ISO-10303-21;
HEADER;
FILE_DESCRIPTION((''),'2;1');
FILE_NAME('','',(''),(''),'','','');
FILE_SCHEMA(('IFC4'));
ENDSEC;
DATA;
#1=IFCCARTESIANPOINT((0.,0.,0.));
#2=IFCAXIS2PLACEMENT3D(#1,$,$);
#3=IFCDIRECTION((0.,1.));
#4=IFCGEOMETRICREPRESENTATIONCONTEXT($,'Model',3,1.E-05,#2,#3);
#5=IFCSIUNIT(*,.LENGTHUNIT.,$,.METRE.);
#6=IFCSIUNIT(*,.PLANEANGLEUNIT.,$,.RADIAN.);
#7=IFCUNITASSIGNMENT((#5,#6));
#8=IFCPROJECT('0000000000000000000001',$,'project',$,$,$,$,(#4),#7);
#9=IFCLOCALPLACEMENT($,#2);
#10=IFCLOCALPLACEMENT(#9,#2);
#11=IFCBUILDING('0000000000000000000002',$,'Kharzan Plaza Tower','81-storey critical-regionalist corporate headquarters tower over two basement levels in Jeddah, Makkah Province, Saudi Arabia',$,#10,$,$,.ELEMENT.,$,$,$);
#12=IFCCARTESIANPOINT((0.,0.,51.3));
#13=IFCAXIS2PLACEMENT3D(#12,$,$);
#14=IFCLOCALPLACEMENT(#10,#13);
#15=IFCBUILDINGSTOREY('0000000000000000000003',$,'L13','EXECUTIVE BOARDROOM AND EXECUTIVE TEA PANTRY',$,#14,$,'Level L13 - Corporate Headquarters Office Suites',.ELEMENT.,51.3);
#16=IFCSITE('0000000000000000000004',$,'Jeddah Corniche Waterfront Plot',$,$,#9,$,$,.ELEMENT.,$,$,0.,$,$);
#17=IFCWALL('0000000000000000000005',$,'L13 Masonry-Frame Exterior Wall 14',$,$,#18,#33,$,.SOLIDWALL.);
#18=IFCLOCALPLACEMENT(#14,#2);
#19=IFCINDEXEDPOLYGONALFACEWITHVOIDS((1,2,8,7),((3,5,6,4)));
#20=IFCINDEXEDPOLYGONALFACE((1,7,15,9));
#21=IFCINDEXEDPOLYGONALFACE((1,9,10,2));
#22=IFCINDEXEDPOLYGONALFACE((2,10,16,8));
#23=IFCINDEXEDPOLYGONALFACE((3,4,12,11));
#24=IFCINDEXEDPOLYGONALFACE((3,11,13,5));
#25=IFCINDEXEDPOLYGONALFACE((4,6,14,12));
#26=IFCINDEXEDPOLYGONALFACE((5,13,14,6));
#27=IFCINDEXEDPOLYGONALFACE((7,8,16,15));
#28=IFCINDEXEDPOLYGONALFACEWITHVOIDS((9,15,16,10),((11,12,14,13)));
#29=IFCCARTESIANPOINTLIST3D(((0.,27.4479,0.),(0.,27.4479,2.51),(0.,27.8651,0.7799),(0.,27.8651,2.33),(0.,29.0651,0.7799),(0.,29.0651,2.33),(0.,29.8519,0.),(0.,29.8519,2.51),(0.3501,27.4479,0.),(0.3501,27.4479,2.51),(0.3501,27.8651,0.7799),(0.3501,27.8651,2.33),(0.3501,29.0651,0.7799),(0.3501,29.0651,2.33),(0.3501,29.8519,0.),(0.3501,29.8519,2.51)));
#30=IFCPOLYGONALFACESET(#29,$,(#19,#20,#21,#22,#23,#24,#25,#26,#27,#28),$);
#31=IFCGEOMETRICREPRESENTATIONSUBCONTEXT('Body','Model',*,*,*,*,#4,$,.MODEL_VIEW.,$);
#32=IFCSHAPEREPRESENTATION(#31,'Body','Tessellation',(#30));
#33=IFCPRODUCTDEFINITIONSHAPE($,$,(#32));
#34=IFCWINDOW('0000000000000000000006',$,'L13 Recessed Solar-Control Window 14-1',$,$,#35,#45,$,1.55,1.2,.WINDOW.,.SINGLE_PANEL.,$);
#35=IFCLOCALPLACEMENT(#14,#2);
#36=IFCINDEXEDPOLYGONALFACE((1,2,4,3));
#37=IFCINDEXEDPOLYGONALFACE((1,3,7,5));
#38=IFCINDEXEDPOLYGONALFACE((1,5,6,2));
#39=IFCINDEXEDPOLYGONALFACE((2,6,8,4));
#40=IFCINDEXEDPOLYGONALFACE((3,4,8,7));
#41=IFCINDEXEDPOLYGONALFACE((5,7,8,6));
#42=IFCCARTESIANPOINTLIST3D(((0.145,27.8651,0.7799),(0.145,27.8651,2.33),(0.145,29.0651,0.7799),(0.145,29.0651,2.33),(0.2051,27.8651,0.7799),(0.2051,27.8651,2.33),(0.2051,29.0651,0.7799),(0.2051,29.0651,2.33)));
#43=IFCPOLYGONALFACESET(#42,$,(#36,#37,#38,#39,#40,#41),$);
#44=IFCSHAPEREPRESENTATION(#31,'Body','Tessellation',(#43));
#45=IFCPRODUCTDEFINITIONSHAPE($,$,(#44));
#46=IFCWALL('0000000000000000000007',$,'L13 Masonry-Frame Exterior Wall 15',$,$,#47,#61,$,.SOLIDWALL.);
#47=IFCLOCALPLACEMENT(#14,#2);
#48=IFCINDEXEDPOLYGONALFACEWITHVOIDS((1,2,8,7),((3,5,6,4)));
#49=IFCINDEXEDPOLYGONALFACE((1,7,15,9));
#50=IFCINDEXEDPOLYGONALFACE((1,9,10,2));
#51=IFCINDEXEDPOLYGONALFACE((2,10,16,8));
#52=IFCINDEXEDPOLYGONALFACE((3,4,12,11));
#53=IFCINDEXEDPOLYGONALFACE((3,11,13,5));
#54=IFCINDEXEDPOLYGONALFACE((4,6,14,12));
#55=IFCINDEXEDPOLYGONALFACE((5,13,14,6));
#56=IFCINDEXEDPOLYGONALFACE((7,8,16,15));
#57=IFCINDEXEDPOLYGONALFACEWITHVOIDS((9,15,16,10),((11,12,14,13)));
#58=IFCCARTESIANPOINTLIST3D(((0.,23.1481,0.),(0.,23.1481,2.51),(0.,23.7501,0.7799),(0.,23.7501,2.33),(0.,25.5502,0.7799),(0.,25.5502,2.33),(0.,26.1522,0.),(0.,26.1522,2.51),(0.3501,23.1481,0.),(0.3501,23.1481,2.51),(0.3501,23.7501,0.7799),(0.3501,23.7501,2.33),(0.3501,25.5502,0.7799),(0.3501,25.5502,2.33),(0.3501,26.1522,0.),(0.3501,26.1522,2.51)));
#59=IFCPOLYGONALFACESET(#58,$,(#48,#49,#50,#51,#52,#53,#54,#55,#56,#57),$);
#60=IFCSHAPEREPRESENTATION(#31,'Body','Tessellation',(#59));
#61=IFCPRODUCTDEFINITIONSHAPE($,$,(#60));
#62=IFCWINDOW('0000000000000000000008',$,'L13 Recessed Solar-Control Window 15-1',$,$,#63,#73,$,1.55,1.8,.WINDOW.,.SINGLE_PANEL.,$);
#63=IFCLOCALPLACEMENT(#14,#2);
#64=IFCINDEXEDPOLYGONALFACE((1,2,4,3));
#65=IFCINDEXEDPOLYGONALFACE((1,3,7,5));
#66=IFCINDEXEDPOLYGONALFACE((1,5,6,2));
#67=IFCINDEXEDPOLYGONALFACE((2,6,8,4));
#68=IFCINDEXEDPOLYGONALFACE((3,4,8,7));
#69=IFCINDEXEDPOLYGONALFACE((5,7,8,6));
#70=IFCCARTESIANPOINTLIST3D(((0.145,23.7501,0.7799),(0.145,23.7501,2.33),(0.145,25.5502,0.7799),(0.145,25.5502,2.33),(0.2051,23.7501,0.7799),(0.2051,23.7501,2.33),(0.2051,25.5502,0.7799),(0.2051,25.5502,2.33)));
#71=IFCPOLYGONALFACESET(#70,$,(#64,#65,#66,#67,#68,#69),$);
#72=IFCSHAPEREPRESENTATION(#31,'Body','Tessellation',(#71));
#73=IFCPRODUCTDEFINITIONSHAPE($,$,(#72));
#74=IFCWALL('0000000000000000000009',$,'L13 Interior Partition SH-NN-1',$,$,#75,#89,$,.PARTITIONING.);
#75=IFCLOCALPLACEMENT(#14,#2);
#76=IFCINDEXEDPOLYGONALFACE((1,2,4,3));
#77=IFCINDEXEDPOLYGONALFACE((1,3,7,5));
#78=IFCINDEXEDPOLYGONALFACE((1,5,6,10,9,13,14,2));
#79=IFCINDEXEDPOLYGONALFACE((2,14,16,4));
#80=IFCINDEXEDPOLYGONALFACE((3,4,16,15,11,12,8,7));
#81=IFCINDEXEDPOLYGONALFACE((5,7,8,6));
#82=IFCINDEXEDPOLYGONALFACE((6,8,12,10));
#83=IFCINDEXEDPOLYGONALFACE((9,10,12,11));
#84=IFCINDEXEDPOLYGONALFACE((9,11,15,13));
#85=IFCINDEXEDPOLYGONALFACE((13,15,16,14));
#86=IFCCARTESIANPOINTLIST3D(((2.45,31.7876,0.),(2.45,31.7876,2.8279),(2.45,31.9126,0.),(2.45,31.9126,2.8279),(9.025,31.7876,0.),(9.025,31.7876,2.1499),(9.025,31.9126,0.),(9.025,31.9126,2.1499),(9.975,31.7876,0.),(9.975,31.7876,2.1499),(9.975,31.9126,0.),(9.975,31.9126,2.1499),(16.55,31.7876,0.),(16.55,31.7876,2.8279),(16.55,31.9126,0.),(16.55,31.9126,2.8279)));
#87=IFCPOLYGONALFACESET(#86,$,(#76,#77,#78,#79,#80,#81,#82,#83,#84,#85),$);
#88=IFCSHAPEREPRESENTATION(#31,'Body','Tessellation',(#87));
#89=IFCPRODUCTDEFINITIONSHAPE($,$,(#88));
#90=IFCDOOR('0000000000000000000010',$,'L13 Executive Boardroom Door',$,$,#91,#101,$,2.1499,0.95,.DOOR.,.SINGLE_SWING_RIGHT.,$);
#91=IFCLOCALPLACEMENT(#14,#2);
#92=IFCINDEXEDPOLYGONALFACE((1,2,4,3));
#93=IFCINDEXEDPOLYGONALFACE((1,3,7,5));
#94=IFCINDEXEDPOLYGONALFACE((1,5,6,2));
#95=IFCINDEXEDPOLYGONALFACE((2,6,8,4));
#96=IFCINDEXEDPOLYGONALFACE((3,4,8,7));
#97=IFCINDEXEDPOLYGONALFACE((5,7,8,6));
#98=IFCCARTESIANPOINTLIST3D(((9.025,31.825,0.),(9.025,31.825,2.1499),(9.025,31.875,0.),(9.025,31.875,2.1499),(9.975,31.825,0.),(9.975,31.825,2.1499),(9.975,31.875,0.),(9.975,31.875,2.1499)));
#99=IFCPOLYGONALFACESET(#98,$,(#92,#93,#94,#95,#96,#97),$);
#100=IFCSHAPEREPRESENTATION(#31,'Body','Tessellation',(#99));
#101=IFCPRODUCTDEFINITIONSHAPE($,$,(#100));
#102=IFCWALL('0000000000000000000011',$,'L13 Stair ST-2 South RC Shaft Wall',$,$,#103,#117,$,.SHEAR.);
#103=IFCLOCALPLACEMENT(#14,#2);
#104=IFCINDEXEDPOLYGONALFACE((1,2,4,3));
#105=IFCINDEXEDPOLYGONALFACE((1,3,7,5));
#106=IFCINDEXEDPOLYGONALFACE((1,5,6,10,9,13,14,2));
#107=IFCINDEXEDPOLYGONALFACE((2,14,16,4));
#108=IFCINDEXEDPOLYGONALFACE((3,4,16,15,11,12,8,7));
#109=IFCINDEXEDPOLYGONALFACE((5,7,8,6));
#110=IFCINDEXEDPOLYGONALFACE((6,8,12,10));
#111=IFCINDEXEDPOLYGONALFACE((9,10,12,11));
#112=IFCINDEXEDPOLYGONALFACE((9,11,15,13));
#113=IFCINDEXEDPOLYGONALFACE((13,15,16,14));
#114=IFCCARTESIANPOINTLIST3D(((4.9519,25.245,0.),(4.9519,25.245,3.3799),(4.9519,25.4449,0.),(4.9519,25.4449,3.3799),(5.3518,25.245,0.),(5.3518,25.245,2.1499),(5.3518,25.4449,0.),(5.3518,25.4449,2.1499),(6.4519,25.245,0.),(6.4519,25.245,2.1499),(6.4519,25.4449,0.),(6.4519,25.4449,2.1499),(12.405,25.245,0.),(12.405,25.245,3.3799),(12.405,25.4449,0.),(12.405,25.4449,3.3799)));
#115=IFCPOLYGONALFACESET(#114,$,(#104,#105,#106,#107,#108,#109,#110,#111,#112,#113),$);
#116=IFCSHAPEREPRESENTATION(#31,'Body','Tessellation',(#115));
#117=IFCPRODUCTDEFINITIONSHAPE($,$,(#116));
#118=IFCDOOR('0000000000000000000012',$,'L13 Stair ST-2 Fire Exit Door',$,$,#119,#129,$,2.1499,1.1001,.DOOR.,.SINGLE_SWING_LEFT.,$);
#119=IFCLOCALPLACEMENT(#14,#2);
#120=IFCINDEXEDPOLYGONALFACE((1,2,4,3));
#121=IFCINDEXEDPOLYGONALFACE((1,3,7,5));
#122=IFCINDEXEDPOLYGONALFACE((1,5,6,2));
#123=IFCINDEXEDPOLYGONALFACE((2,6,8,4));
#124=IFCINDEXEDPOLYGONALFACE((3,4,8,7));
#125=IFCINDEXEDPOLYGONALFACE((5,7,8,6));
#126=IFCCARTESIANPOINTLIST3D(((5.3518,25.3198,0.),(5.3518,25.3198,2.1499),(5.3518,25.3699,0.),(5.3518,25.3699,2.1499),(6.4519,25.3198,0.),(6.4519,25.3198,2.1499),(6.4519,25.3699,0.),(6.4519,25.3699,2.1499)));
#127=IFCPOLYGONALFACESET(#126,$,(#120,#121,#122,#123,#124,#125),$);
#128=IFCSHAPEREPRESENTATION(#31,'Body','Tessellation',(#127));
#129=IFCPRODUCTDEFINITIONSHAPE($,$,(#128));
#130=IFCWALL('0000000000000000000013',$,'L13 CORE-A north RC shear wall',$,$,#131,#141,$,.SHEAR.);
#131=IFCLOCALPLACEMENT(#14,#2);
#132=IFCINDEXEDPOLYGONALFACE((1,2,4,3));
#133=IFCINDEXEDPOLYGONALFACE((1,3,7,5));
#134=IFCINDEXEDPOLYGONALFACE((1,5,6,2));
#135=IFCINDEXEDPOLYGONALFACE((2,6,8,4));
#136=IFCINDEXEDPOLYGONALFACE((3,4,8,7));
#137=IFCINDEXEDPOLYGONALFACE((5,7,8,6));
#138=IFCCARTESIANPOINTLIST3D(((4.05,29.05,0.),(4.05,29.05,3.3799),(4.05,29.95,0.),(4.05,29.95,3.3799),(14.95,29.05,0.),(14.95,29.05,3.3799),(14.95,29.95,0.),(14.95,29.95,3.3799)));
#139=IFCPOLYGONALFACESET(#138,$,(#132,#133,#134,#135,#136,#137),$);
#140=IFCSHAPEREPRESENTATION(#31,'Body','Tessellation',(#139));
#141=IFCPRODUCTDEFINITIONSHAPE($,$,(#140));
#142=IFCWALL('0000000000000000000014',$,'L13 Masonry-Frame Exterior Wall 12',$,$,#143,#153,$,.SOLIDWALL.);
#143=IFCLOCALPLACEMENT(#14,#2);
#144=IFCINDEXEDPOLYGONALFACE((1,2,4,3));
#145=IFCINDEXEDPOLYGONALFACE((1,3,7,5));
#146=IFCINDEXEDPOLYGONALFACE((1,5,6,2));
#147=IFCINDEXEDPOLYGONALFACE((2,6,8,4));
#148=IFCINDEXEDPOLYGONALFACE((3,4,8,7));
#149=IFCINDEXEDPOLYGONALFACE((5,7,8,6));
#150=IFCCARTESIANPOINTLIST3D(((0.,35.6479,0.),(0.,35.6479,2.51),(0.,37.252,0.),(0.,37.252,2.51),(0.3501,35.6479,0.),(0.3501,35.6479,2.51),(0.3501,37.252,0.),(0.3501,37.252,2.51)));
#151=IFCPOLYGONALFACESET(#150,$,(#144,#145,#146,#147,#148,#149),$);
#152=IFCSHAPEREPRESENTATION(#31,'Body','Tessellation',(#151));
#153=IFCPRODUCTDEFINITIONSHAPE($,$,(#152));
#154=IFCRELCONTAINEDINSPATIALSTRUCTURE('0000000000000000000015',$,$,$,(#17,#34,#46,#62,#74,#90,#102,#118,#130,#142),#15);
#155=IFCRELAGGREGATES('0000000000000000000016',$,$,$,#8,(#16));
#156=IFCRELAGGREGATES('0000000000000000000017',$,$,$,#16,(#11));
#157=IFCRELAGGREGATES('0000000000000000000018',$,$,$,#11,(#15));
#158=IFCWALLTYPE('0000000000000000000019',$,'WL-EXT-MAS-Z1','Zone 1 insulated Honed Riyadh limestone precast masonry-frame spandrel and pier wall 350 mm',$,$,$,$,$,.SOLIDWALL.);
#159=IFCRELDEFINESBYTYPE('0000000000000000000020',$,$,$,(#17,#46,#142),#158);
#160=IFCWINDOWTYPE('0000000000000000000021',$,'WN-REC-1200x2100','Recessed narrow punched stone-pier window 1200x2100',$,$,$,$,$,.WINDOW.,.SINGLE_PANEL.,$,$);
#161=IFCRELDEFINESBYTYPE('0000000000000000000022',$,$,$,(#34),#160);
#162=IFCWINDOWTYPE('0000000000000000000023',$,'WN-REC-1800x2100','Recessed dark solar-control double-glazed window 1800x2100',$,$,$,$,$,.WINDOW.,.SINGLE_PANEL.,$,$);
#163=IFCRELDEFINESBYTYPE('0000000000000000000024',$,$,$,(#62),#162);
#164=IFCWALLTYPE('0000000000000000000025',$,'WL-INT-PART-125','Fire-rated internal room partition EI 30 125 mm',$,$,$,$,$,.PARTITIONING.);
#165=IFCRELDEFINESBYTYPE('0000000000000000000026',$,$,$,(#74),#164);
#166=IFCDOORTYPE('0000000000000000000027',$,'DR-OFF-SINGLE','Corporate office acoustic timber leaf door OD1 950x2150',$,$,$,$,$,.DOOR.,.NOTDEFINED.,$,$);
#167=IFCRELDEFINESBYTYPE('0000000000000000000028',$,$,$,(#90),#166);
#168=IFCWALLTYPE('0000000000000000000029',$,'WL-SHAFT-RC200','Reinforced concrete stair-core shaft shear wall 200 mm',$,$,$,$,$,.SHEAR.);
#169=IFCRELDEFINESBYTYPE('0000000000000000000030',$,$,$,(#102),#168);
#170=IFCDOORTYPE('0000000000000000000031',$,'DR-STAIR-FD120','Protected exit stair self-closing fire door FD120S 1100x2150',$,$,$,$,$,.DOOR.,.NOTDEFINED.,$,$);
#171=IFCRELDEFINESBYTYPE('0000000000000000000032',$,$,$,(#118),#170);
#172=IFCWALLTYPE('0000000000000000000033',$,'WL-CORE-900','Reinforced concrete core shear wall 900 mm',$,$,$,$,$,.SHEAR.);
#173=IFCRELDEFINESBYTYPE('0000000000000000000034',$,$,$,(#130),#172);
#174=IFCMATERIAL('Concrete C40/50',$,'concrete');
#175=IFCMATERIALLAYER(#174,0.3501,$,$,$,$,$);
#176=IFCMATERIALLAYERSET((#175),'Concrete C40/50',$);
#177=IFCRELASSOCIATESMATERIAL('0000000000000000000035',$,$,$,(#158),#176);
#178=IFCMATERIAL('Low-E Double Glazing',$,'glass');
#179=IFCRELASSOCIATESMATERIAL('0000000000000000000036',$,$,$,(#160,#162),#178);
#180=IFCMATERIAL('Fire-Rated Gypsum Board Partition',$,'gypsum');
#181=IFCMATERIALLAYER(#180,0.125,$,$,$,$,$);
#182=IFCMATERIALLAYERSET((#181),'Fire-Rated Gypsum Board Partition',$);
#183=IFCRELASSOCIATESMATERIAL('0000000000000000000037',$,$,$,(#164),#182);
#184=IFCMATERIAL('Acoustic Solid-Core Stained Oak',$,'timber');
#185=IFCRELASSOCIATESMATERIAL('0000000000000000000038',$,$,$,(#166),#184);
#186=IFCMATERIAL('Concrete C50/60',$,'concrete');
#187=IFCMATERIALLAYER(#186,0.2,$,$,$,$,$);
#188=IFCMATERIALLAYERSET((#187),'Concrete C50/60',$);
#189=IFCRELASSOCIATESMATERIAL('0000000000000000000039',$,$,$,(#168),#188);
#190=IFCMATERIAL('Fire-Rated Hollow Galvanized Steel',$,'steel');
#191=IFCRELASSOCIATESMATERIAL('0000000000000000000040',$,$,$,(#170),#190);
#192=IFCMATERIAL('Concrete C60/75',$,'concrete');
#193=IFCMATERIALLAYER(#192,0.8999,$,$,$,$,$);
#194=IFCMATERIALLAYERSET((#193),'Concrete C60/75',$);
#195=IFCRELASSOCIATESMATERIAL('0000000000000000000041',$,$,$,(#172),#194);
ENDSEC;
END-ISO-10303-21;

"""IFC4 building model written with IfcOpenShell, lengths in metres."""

from ifc_helpers import new_model, si_unit, direction, frame, frame_2d, origin, place, context, subcontext, project, spatial, rectangle, extrude, source, transform, mapped, material, layer, layer_set, type_object, element, fill, save


model = new_model("IFC4")

# Units and contexts
model_context = context("Model", 3, precision=1e-05, world=origin(), true_north=direction((0.0, 1.0)))
body_context = subcontext(model_context, "Body", "Model", "MODEL_VIEW")
ifc_project = project(units=[si_unit("LENGTHUNIT", "METRE"), si_unit("PLANEANGLEUNIT", "RADIAN")], contexts=[model_context])

# Site, building, storey
site_placement = place(None, origin())
site = spatial("IfcSite", under=ifc_project, at=site_placement, Name="Jeddah Corniche Waterfront Plot", CompositionType="ELEMENT", RefElevation=0.0)
building_placement = place(site_placement, origin())
building = spatial("IfcBuilding", under=site, at=building_placement, Name="Kharzan Plaza Tower", Description="81-storey critical-regionalist corporate headquarters tower over two basement levels in Jeddah, Makkah Province, Saudi Arabia", CompositionType="ELEMENT")
storey_placement = place(building_placement, frame((0.0, 0.0, 51.3)))
storey = spatial("IfcBuildingStorey", under=building, at=storey_placement, Name="L13", Description="EXECUTIVE BOARDROOM AND EXECUTIVE TEA PANTRY", LongName="Level L13 - Corporate Headquarters Office Suites", CompositionType="ELEMENT", Elevation=51.3)

# Shared definitions
ifc_material_1 = material(Name="Concrete C60/75", Category="concrete")

# Walls, openings, windows
ifc_material_2 = material(Name="Concrete C40/50", Category="concrete")
ifc_layer_1 = layer(ifc_material_2, 0.3501)
ifc_layer_set_1 = layer_set([ifc_layer_1], Name="Concrete C40/50")
wall_type_1 = type_object("IfcWallType", Name="WL-EXT-MAS-Z1", Description="Zone 1 insulated Honed Riyadh limestone precast masonry-frame spandrel and pier wall 350 mm", PredefinedType="SOLIDWALL", material=ifc_layer_set_1)
ifc_material_3 = material(Name="Low-E Double Glazing", Category="glass")
window_type_1 = type_object("IfcWindowType", Name="WN-REC-1200x2100", Description="Recessed narrow punched stone-pier window 1200x2100", PartitioningType="SINGLE_PANEL", PredefinedType="WINDOW", material=ifc_material_3)
shared_shape_1 = source(origin(), body_context, "Body", "SweptSolid", [
    extrude(rectangle(XDim=1.2, YDim=1.55, at=frame_2d((0.6001, 0.7749))), frame((0.0, 0.03, 0.0), z_axis=(0.0, -1.0, 0.0), x_axis=(1.0, 0.0, 0.0)), (0.0, 0.0, 1.0), 0.0601),
])
wall_1_placement = place(storey_placement, frame((0.175, 29.8521, 0.0), z_axis=(0.0, 0.0, 1.0), x_axis=(0.0, -1.0, 0.0)))
wall_1 = element("IfcWall", 1, at=wall_1_placement, inside=storey, type_object=wall_type_1, Name="L13 Masonry-Frame Exterior Wall 14", PredefinedType="SOLIDWALL", context=body_context, shape_type="SweptSolid", body=[
    extrude(rectangle(XDim=2.4041, YDim=0.3501, at=frame_2d((1.2021, 0.0))), origin(), (0.0, 0.0, 1.0), 2.51),
])
opening_1_placement = place(wall_1_placement, frame((0.7869, 0.0, 0.78)))
opening_1 = element("IfcOpeningElement", 2, at=opening_1_placement, cuts=wall_1, PredefinedType="OPENING", context=body_context, shape_type="SweptSolid", body=[
    extrude(rectangle(XDim=1.2, YDim=1.55, at=frame_2d((0.6001, 0.7749))), frame((0.0, 0.1851, 0.0), z_axis=(0.0, -1.0, 0.0), x_axis=(1.0, 0.0, 0.0)), (0.0, 0.0, 1.0), 0.3701),
])
window_1_placement = place(opening_1_placement, origin())
window_1 = element("IfcWindow", 3, at=window_1_placement, inside=storey, type_object=window_type_1, Name="L13 Recessed Solar-Control Window 14-1", OverallHeight=1.55, OverallWidth=1.2, PartitioningType="SINGLE_PANEL", PredefinedType="WINDOW", context=body_context, shape_type="MappedRepresentation", body=[
    mapped(shared_shape_1, transform((0.0, 0.0, 0.0), x_axis=(1.0, 0.0, 0.0), y_axis=(0.0, 1.0, 0.0), z_axis=(0.0, 0.0, 1.0))),
])
fill(opening_1, window_1)
wall_2_placement = place(storey_placement, frame((0.175, 26.1521, 0.0), z_axis=(0.0, 0.0, 1.0), x_axis=(0.0, -1.0, 0.0)))
wall_2 = element("IfcWall", 4, at=wall_2_placement, inside=storey, type_object=wall_type_1, Name="L13 Masonry-Frame Exterior Wall 15", PredefinedType="SOLIDWALL", context=body_context, shape_type="SweptSolid", body=[
    extrude(rectangle(XDim=3.0042, YDim=0.3501, at=frame_2d((1.502, 0.0))), origin(), (0.0, 0.0, 1.0), 2.51),
])
opening_2_placement = place(wall_2_placement, frame((0.6021, 0.0, 0.78)))
opening_2 = element("IfcOpeningElement", 5, at=opening_2_placement, cuts=wall_2, PredefinedType="OPENING", context=body_context, shape_type="SweptSolid", body=[
    extrude(rectangle(XDim=1.8, YDim=1.55, at=frame_2d((0.8999, 0.7749))), frame((0.0, 0.1851, 0.0), z_axis=(0.0, -1.0, 0.0), x_axis=(1.0, 0.0, 0.0)), (0.0, 0.0, 1.0), 0.3701),
])
window_type_2 = type_object("IfcWindowType", Name="WN-REC-1800x2100", Description="Recessed dark solar-control double-glazed window 1800x2100", PartitioningType="SINGLE_PANEL", PredefinedType="WINDOW", material=ifc_material_3)
shared_shape_2 = source(origin(), body_context, "Body", "SweptSolid", [
    extrude(rectangle(XDim=1.8, YDim=1.55, at=frame_2d((0.8999, 0.7749))), frame((0.0, 0.03, 0.0), z_axis=(0.0, -1.0, 0.0), x_axis=(1.0, 0.0, 0.0)), (0.0, 0.0, 1.0), 0.0601),
])
window_2_placement = place(opening_2_placement, origin())
window_2 = element("IfcWindow", 6, at=window_2_placement, inside=storey, type_object=window_type_2, Name="L13 Recessed Solar-Control Window 15-1", OverallHeight=1.55, OverallWidth=1.8, PartitioningType="SINGLE_PANEL", PredefinedType="WINDOW", context=body_context, shape_type="MappedRepresentation", body=[
    mapped(shared_shape_2, transform((0.0, 0.0, 0.0), x_axis=(1.0, 0.0, 0.0), y_axis=(0.0, 1.0, 0.0), z_axis=(0.0, 0.0, 1.0))),
])
fill(opening_2, window_2)

# Walls, openings, doors
ifc_material_4 = material(Name="Fire-Rated Gypsum Board Partition", Category="gypsum")
ifc_layer_2 = layer(ifc_material_4, 0.125)
ifc_layer_set_2 = layer_set([ifc_layer_2], Name="Fire-Rated Gypsum Board Partition")
wall_type_2 = type_object("IfcWallType", Name="WL-INT-PART-125", Description="Fire-rated internal room partition EI 30 125 mm", PredefinedType="PARTITIONING", material=ifc_layer_set_2)
wall_3_placement = place(storey_placement, frame((2.45, 31.8501, 0.0), z_axis=(0.0, 0.0, 1.0), x_axis=(1.0, 0.0, 0.0)))
wall_3 = element("IfcWall", 7, at=wall_3_placement, inside=storey, type_object=wall_type_2, Name="L13 Interior Partition SH-NN-1", PredefinedType="PARTITIONING", context=body_context, shape_type="SweptSolid", body=[
    extrude(rectangle(XDim=14.1001, YDim=0.125, at=frame_2d((7.05, 0.0))), origin(), (0.0, 0.0, 1.0), 2.8279),
])
opening_3_placement = place(wall_3_placement, frame((6.575, 0.0, 0.0)))
opening_3 = element("IfcOpeningElement", 8, at=opening_3_placement, cuts=wall_3, PredefinedType="OPENING", context=body_context, shape_type="SweptSolid", body=[
    extrude(rectangle(XDim=0.95, YDim=2.1499, at=frame_2d((0.4751, 1.075))), frame((0.0, 0.0725, 0.0), z_axis=(0.0, -1.0, 0.0), x_axis=(1.0, 0.0, 0.0)), (0.0, 0.0, 1.0), 0.145),
])
ifc_material_5 = material(Name="Acoustic Solid-Core Stained Oak", Category="timber")
door_type_1 = type_object("IfcDoorType", Name="DR-OFF-SINGLE", Description="Corporate office acoustic timber leaf door OD1 950x2150", OperationType="NOTDEFINED", PredefinedType="DOOR", material=ifc_material_5)
shared_shape_3 = source(origin(), body_context, "Body", "SweptSolid", [
    extrude(rectangle(XDim=0.95, YDim=2.1499, at=frame_2d((0.4751, 1.075))), frame((0.0, 0.0249, 0.0), z_axis=(0.0, -1.0, 0.0), x_axis=(1.0, 0.0, 0.0)), (0.0, 0.0, 1.0), 0.05),
])
door_1_placement = place(opening_3_placement, origin())
door_1 = element("IfcDoor", 9, at=door_1_placement, inside=storey, type_object=door_type_1, Name="L13 Executive Boardroom Door", OperationType="SINGLE_SWING_RIGHT", OverallHeight=2.1499, OverallWidth=0.95, PredefinedType="DOOR", context=body_context, shape_type="MappedRepresentation", body=[
    mapped(shared_shape_3, transform((0.0, 0.0, 0.0), x_axis=(1.0, 0.0, 0.0), y_axis=(0.0, 1.0, 0.0), z_axis=(0.0, 0.0, 1.0))),
])
fill(opening_3, door_1)
ifc_material_6 = material(Name="Concrete C50/60", Category="concrete")
ifc_layer_3 = layer(ifc_material_6, 0.2)
ifc_layer_set_3 = layer_set([ifc_layer_3], Name="Concrete C50/60")
wall_type_3 = type_object("IfcWallType", Name="WL-SHAFT-RC200", Description="Reinforced concrete stair-core shaft shear wall 200 mm", PredefinedType="SHEAR", material=ifc_layer_set_3)
wall_4_placement = place(storey_placement, frame((4.9519, 25.345, 0.0), z_axis=(0.0, 0.0, 1.0), x_axis=(1.0, 0.0, 0.0)))
wall_4 = element("IfcWall", 10, at=wall_4_placement, inside=storey, type_object=wall_type_3, Name="L13 Stair ST-2 South RC Shaft Wall", PredefinedType="SHEAR", context=body_context, shape_type="SweptSolid", body=[
    extrude(rectangle(XDim=7.4531, YDim=0.2, at=frame_2d((3.7266, 0.0))), origin(), (0.0, 0.0, 1.0), 3.3799),
])
opening_4_placement = place(wall_4_placement, frame((0.3999, 0.0, 0.0)))
opening_4 = element("IfcOpeningElement", 11, at=opening_4_placement, cuts=wall_4, PredefinedType="OPENING", context=body_context, shape_type="SweptSolid", body=[
    extrude(rectangle(XDim=1.1001, YDim=2.1499, at=frame_2d((0.55, 1.075))), frame((0.0, 0.1099, 0.0), z_axis=(0.0, -1.0, 0.0), x_axis=(1.0, 0.0, 0.0)), (0.0, 0.0, 1.0), 0.22),
])
ifc_material_7 = material(Name="Fire-Rated Hollow Galvanized Steel", Category="steel")
door_type_2 = type_object("IfcDoorType", Name="DR-STAIR-FD120", Description="Protected exit stair self-closing fire door FD120S 1100x2150", OperationType="NOTDEFINED", PredefinedType="DOOR", material=ifc_material_7)
shared_shape_4 = source(origin(), body_context, "Body", "SweptSolid", [
    extrude(rectangle(XDim=1.1001, YDim=2.1499, at=frame_2d((0.55, 1.075))), frame((0.0, 0.0249, 0.0), z_axis=(0.0, -1.0, 0.0), x_axis=(1.0, 0.0, 0.0)), (0.0, 0.0, 1.0), 0.05),
])
door_2_placement = place(opening_4_placement, origin())
door_2 = element("IfcDoor", 12, at=door_2_placement, inside=storey, type_object=door_type_2, Name="L13 Stair ST-2 Fire Exit Door", OperationType="SINGLE_SWING_LEFT", OverallHeight=2.1499, OverallWidth=1.1001, PredefinedType="DOOR", context=body_context, shape_type="MappedRepresentation", body=[
    mapped(shared_shape_4, transform((0.0, 0.0, 0.0), x_axis=(1.0, 0.0, 0.0), y_axis=(0.0, 1.0, 0.0), z_axis=(0.0, 0.0, 1.0))),
])
fill(opening_4, door_2)

# Walls
ifc_layer_4 = layer(ifc_material_1, 0.8999)
ifc_layer_set_4 = layer_set([ifc_layer_4], Name="Concrete C60/75")
wall_type_4 = type_object("IfcWallType", Name="WL-CORE-900", Description="Reinforced concrete core shear wall 900 mm", PredefinedType="SHEAR", material=ifc_layer_set_4)
shared_shape_5 = source(origin(), body_context, "Body", "SweptSolid", [
    extrude(rectangle(XDim=10.8999, YDim=0.8999, at=frame_2d((5.45, 0.0))), origin(), (0.0, 0.0, 1.0), 3.3799),
])
wall_5_placement = place(storey_placement, frame((4.05, 29.5, 0.0), z_axis=(0.0, 0.0, 1.0), x_axis=(1.0, 0.0, 0.0)))
element("IfcWall", 13, at=wall_5_placement, inside=storey, type_object=wall_type_4, Name="L13 CORE-A north RC shear wall", PredefinedType="SHEAR", context=body_context, shape_type="MappedRepresentation", body=[
    mapped(shared_shape_5, transform((0.0, 0.0, 0.0), x_axis=(1.0, 0.0, 0.0), y_axis=(0.0, 1.0, 0.0), z_axis=(0.0, 0.0, 1.0))),
])
shared_shape_6 = source(origin(), body_context, "Body", "SweptSolid", [
    extrude(rectangle(XDim=1.604, YDim=0.3501, at=frame_2d((0.802, 0.0))), origin(), (0.0, 0.0, 1.0), 2.51),
])
wall_6_placement = place(storey_placement, frame((0.175, 37.252, 0.0), z_axis=(0.0, 0.0, 1.0), x_axis=(0.0, -1.0, 0.0)))
element("IfcWall", 14, at=wall_6_placement, inside=storey, type_object=wall_type_1, Name="L13 Masonry-Frame Exterior Wall 12", PredefinedType="SOLIDWALL", context=body_context, shape_type="MappedRepresentation", body=[
    mapped(shared_shape_6, transform((0.0, 0.0, 0.0), x_axis=(1.0, 0.0, 0.0), y_axis=(0.0, 1.0, 0.0), z_axis=(0.0, 0.0, 1.0))),
])

save(model, "model.ifc")
